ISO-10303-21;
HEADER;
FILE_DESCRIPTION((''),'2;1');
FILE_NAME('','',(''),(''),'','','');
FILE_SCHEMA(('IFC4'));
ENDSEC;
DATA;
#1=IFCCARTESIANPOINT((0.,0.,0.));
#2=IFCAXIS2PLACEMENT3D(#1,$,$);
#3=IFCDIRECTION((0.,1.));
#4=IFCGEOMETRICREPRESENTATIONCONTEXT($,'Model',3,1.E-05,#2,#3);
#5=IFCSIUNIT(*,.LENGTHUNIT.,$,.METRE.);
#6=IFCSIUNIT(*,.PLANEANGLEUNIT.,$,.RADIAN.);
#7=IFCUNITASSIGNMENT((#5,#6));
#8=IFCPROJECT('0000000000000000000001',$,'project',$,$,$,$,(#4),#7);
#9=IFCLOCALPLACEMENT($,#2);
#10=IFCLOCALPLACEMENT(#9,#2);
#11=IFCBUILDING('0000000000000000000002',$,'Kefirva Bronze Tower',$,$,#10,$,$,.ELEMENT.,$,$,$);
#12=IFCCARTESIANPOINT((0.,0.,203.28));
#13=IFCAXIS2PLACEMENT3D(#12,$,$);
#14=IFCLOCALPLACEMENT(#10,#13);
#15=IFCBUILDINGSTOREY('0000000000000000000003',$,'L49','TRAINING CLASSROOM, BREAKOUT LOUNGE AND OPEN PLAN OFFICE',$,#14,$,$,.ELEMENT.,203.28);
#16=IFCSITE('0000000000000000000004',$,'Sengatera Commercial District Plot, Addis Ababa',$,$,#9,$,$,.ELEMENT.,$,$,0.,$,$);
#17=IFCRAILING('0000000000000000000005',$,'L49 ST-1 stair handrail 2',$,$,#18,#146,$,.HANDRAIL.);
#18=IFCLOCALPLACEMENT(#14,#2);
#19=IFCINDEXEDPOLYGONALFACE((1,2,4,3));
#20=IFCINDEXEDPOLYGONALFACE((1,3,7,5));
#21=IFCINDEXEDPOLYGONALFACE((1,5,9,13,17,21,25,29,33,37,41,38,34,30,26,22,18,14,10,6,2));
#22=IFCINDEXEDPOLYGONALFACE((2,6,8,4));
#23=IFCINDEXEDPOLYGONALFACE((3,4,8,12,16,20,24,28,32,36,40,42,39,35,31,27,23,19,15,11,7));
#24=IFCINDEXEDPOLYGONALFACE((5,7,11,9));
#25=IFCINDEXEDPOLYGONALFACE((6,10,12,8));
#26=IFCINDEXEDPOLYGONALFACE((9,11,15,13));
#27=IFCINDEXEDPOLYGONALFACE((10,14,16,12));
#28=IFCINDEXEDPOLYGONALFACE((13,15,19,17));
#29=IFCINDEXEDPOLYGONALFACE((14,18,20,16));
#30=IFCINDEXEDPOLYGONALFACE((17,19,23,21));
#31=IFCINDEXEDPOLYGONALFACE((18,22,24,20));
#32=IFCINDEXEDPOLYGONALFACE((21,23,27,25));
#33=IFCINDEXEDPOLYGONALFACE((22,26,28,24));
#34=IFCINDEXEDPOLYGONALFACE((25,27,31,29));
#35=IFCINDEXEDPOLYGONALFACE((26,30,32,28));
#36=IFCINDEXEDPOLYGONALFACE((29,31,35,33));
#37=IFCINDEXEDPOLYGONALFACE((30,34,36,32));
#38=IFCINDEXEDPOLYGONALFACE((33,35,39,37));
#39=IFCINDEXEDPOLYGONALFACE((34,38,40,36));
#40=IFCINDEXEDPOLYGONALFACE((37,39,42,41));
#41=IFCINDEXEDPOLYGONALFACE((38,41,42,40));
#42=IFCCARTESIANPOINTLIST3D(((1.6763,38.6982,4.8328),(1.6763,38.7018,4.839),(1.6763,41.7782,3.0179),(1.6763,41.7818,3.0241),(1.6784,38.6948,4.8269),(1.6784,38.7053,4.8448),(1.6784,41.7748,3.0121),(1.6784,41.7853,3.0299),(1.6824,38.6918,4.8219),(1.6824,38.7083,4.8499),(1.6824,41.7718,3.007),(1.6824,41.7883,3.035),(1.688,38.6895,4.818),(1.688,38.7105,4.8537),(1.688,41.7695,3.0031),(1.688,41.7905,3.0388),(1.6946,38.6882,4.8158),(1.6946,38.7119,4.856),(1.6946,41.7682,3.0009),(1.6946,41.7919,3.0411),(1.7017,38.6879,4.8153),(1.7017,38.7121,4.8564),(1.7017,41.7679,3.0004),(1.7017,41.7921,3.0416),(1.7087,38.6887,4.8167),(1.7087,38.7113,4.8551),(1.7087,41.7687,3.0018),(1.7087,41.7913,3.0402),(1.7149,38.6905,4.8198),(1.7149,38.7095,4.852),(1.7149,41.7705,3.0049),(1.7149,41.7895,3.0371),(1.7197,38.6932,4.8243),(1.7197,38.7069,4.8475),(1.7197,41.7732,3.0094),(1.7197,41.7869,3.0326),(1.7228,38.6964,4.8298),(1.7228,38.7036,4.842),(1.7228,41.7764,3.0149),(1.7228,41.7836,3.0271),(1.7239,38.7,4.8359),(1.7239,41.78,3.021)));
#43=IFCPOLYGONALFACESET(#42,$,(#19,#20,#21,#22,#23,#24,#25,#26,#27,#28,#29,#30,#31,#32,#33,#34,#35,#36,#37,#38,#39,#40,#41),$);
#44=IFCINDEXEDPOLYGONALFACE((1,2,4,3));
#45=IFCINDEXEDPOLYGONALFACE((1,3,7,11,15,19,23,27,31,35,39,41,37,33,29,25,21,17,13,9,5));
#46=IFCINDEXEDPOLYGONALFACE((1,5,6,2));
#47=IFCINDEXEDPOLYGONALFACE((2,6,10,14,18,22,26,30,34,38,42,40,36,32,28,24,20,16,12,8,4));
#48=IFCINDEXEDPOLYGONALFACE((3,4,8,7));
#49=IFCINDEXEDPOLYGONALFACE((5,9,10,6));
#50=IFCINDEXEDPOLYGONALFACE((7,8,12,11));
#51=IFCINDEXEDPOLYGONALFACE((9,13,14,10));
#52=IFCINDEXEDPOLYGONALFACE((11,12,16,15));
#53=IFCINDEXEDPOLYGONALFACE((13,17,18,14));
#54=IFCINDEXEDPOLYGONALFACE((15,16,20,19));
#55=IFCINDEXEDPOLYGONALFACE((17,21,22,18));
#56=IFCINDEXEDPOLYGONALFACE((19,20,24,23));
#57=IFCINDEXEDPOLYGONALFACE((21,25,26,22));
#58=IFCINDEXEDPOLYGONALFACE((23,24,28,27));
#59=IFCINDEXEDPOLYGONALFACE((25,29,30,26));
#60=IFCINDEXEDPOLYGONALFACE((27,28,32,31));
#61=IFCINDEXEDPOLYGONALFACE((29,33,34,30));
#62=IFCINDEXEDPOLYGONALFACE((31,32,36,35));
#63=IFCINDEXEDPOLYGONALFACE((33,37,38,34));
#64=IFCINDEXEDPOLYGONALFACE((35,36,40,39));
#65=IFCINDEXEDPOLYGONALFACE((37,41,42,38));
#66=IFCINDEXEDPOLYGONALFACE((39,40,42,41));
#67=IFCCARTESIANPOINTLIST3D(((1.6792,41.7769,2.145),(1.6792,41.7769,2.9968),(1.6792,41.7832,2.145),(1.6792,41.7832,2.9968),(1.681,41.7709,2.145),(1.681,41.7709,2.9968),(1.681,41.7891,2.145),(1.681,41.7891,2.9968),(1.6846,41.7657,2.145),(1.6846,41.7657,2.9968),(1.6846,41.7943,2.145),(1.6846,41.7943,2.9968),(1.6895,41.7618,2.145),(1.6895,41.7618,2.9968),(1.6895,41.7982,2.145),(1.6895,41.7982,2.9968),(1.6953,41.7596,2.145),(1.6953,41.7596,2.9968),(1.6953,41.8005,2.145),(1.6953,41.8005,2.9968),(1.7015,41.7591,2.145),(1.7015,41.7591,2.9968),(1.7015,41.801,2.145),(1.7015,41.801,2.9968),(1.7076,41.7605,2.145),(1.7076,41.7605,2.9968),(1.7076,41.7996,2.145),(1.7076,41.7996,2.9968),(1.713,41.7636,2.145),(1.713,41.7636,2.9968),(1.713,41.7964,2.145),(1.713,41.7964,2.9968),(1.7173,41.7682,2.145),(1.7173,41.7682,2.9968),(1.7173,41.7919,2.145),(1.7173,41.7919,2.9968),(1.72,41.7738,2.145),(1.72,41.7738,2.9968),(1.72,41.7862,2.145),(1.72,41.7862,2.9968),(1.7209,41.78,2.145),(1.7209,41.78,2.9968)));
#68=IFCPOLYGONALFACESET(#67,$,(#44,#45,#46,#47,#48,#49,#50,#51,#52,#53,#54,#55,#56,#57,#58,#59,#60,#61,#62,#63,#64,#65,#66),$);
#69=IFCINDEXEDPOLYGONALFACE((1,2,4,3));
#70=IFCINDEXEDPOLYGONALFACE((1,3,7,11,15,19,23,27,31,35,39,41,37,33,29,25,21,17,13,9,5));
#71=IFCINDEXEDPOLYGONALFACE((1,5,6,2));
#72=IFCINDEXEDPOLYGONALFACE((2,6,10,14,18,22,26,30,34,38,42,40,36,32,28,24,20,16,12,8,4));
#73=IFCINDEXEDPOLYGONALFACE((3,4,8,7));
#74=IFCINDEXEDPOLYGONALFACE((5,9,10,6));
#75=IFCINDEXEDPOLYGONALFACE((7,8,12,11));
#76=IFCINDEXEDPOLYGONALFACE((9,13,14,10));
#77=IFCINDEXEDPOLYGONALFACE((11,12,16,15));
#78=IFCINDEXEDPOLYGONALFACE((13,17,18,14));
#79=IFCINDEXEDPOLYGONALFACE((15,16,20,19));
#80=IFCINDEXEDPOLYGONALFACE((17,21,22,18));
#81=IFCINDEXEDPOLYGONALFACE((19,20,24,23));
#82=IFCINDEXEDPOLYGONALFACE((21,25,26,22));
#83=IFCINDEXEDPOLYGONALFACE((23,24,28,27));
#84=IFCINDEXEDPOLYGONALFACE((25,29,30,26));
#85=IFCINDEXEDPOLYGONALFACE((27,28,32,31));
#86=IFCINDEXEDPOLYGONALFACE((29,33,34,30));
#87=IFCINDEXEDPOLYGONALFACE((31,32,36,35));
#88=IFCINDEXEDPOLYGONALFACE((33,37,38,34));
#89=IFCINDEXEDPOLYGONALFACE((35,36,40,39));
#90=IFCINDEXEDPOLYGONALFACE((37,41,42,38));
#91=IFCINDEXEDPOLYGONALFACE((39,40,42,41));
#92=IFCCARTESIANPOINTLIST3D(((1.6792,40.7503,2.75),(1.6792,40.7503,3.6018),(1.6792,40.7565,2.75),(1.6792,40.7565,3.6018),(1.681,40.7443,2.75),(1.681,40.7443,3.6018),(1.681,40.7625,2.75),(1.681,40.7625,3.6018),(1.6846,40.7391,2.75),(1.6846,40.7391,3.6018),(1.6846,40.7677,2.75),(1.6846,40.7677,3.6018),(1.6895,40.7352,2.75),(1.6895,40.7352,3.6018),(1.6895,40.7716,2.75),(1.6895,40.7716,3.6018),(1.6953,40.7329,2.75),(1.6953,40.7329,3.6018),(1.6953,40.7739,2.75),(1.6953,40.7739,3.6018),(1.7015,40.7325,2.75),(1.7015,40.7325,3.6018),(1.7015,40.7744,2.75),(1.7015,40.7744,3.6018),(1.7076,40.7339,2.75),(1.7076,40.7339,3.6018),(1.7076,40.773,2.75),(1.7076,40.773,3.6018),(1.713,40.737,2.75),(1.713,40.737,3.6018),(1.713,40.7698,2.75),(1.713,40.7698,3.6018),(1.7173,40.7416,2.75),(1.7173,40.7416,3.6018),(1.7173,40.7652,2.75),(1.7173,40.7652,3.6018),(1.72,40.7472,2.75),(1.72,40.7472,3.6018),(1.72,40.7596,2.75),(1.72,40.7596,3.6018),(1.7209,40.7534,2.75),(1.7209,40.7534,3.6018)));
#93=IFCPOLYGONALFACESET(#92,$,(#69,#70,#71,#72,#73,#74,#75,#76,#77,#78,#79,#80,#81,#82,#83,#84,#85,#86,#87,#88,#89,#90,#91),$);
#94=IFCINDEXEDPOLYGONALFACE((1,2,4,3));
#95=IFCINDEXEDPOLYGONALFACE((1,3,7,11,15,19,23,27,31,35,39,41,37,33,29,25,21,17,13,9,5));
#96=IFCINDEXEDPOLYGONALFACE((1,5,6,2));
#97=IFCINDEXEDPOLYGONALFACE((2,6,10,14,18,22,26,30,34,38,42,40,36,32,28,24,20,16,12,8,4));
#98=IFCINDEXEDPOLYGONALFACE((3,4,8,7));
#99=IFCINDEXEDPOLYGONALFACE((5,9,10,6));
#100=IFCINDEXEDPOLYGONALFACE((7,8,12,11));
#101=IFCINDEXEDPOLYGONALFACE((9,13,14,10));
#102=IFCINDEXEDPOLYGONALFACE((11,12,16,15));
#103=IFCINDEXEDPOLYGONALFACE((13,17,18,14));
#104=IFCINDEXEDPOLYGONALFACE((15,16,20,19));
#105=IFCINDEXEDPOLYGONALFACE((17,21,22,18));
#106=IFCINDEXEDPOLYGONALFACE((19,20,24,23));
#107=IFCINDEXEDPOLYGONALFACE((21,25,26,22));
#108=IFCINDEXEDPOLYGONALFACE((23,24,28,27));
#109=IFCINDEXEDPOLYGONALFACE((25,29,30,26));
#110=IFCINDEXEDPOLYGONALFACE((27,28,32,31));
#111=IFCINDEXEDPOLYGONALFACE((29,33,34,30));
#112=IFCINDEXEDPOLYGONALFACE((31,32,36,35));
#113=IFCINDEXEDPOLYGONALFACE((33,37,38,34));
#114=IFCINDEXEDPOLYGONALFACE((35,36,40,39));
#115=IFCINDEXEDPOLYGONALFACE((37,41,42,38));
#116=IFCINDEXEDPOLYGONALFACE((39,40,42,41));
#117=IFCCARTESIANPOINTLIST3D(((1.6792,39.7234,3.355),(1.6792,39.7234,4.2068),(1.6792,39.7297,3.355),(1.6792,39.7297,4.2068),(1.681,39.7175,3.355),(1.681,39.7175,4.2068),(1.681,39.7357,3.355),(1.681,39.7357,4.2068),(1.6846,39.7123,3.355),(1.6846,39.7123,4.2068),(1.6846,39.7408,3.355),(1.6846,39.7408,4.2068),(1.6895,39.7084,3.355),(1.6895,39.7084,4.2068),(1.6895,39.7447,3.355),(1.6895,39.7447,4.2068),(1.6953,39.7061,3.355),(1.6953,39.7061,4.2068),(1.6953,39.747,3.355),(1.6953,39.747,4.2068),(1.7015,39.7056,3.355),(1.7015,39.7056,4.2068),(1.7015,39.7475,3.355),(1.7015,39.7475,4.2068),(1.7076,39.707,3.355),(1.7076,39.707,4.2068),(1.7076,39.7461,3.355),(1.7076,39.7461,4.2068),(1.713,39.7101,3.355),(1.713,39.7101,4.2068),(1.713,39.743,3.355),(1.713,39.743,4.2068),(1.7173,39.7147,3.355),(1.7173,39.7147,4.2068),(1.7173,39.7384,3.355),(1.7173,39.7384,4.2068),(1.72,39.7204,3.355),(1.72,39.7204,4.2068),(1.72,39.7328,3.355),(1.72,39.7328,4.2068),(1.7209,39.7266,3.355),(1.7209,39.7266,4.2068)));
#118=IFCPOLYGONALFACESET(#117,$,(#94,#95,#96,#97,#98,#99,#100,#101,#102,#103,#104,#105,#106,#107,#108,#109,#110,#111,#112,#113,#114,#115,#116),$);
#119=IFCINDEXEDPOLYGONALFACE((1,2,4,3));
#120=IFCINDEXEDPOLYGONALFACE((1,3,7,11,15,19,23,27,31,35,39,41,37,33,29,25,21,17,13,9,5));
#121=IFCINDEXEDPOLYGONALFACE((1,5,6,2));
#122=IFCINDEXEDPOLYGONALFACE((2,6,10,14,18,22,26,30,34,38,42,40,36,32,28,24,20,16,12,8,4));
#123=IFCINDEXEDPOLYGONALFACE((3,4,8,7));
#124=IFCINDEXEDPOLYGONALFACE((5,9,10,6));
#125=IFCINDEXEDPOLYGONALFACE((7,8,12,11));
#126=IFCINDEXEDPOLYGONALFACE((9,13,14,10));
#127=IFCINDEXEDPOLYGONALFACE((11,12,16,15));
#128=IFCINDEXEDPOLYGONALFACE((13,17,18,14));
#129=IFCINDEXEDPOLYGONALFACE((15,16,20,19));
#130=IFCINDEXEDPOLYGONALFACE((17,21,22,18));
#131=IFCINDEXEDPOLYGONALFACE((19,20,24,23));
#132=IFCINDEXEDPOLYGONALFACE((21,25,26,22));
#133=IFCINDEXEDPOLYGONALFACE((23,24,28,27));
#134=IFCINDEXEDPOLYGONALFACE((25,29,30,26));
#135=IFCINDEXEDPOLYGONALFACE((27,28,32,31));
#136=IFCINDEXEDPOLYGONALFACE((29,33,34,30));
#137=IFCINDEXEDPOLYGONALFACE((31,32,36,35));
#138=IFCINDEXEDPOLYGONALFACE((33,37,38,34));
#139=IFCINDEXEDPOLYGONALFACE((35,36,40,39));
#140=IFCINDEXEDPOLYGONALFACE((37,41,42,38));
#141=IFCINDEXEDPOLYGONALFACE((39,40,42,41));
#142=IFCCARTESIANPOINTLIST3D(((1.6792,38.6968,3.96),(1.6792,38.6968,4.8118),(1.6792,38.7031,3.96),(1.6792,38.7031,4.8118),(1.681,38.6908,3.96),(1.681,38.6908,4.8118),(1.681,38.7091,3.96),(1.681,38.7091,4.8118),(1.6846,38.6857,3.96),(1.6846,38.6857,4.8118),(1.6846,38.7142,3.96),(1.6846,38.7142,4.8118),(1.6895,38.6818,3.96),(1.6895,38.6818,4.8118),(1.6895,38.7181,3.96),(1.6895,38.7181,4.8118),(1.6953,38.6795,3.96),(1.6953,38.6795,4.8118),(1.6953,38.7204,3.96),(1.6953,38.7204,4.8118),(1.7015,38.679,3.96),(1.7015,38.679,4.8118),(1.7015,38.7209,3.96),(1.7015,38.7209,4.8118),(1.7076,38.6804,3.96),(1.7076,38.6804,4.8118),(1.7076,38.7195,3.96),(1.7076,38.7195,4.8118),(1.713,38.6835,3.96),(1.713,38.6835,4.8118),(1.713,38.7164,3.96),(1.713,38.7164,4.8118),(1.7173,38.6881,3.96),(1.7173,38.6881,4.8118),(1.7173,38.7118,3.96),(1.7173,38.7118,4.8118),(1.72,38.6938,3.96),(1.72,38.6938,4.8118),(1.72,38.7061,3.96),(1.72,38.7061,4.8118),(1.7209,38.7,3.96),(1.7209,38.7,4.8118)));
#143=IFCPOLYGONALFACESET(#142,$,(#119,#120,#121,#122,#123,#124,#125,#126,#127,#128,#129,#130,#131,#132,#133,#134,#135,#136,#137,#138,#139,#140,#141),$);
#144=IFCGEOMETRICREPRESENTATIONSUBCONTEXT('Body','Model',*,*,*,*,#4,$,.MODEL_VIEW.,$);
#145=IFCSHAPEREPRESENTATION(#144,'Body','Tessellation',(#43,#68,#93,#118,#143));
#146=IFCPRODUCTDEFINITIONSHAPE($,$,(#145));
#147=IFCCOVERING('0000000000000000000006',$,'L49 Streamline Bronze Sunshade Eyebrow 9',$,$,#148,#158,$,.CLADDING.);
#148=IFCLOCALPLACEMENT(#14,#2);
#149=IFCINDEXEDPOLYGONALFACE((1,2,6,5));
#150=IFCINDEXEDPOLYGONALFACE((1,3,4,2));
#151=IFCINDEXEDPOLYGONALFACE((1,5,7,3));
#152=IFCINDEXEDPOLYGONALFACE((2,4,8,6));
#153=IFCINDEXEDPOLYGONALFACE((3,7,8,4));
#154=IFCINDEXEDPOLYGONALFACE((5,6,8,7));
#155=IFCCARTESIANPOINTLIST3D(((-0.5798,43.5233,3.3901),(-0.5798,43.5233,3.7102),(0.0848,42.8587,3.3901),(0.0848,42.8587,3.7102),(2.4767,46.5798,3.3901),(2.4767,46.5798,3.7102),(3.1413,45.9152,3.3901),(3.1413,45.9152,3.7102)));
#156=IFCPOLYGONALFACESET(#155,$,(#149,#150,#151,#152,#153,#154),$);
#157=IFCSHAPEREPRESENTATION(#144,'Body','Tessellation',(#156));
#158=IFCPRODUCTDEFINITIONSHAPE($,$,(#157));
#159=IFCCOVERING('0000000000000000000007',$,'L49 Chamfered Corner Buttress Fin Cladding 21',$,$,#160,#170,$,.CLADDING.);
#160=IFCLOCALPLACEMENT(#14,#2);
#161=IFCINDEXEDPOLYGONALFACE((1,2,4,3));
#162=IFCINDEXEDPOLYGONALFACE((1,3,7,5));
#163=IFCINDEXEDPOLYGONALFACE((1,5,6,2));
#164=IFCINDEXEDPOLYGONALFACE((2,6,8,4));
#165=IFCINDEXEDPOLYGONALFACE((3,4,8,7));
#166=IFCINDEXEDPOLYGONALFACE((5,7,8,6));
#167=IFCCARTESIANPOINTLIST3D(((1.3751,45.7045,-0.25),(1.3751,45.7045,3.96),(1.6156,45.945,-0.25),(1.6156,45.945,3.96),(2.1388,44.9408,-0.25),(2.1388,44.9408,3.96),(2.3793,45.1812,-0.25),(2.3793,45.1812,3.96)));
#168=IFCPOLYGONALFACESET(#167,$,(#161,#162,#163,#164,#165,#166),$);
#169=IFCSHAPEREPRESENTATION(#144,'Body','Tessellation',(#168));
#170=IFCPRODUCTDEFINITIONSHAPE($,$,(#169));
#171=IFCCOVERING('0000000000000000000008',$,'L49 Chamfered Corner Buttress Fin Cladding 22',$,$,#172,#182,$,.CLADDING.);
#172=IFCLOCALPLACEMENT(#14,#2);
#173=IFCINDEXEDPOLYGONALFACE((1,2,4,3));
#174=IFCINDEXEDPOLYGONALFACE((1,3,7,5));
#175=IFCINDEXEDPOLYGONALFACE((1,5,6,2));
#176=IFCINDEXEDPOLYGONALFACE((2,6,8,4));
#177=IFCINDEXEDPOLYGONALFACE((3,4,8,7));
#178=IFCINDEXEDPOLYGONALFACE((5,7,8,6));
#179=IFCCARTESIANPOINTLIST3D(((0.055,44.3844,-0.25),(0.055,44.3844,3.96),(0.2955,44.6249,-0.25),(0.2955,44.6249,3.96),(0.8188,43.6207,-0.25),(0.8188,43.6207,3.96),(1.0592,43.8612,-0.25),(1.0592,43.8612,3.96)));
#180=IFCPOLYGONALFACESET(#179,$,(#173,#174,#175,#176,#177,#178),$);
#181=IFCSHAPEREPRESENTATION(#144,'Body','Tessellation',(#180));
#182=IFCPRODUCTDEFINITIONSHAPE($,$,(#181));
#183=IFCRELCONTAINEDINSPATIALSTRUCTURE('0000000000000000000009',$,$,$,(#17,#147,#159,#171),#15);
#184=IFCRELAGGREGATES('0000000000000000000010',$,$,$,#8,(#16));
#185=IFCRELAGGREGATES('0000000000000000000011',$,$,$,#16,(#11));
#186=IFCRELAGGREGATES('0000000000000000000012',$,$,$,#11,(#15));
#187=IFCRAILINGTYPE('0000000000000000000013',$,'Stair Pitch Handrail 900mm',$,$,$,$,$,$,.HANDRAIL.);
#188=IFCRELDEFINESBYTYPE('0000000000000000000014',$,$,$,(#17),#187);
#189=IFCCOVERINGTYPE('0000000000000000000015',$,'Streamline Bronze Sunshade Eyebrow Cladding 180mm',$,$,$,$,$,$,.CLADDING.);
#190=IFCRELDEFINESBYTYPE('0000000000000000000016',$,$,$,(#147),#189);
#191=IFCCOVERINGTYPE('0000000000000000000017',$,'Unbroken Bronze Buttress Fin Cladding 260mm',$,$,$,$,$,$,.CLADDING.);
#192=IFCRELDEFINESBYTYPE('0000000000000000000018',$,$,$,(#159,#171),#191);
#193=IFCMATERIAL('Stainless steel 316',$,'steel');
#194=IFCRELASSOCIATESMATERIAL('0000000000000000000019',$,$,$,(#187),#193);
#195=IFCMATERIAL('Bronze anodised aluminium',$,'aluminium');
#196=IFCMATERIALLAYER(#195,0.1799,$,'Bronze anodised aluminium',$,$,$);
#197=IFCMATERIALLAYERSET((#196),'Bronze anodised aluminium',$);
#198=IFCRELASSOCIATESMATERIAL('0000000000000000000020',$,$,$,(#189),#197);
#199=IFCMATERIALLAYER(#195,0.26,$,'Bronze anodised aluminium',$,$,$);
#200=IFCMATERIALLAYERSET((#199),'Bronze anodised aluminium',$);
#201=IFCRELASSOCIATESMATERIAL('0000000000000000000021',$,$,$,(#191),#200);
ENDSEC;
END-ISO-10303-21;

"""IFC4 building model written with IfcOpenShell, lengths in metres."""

from ifc_helpers import new_model, si_unit, direction, frame, origin, origin_2d, place, context, subcontext, project, spatial, rectangle, circle, extrude, material, layer, layer_set, type_object, element, save


model = new_model("IFC4")

# Units and contexts
model_context = context("Model", 3, precision=1e-05, world=origin(), true_north=direction((0.0, 1.0)))
body_context = subcontext(model_context, "Body", "Model", "MODEL_VIEW")
ifc_project = project(units=[si_unit("LENGTHUNIT", "METRE"), si_unit("PLANEANGLEUNIT", "RADIAN")], contexts=[model_context])

# Site, building, storey
site_placement = place(None, origin())
site = spatial("IfcSite", under=ifc_project, at=site_placement, Name="Sengatera Commercial District Plot, Addis Ababa", CompositionType="ELEMENT", RefElevation=0.0)
building_placement = place(site_placement, origin())
building = spatial("IfcBuilding", under=site, at=building_placement, Name="Kefirva Bronze Tower", CompositionType="ELEMENT")
storey_placement = place(building_placement, frame((0.0, 0.0, 203.28)))
storey = spatial("IfcBuildingStorey", under=building, at=storey_placement, Name="L49", Description="TRAINING CLASSROOM, BREAKOUT LOUNGE AND OPEN PLAN OFFICE", CompositionType="ELEMENT", Elevation=203.28)

# Shared definitions
ifc_material_1 = material(Name="Bronze anodised aluminium", Category="aluminium")

# Railing
ifc_material_2 = material(Name="Stainless steel 316", Category="steel")
railing_type_1 = type_object("IfcRailingType", Name="Stair Pitch Handrail 900mm", PredefinedType="HANDRAIL", material=ifc_material_2)
railing_1_placement = place(storey_placement, frame((1.7, 41.78, 2.145)))
element("IfcRailing", 1, at=railing_1_placement, inside=storey, type_object=railing_type_1, Name="L49 ST-1 stair handrail 2", PredefinedType="HANDRAIL", context=body_context, shape_type="SweptSolid", body=[
    extrude(circle(Radius=0.0239, at=origin_2d()), frame((0.0, 0.0, 0.876), z_axis=(0.0, -0.861551, 0.507671), x_axis=(1.0, 0.0, 0.0)), (0.0, 0.0, 1.0), 3.575),
    extrude(circle(Radius=0.021, at=origin_2d()), origin(), (0.0, 0.0, 1.0), 0.8518),
    extrude(circle(Radius=0.021, at=origin_2d()), frame((0.0, -1.0266, 0.605)), (0.0, 0.0, 1.0), 0.8518),
    extrude(circle(Radius=0.021, at=origin_2d()), frame((0.0, -2.0535, 1.21)), (0.0, 0.0, 1.0), 0.8518),
    extrude(circle(Radius=0.021, at=origin_2d()), frame((0.0, -3.0801, 1.8149)), (0.0, 0.0, 1.0), 0.8518),
])

# Coverings
ifc_layer_1 = layer(ifc_material_1, 0.1799, Name="Bronze anodised aluminium")
ifc_layer_set_1 = layer_set([ifc_layer_1], Name="Bronze anodised aluminium")
covering_type_1 = type_object("IfcCoveringType", Name="Streamline Bronze Sunshade Eyebrow Cladding 180mm", PredefinedType="CLADDING", material=ifc_layer_set_1)
covering_1_placement = place(storey_placement, frame((1.2808, 44.7192, 3.3901), z_axis=(0.0, 0.0, 1.0), x_axis=(-0.707107, -0.707107, 0.0)))
element("IfcCovering", 2, at=covering_1_placement, inside=storey, type_object=covering_type_1, Name="L49 Streamline Bronze Sunshade Eyebrow 9", PredefinedType="CLADDING", context=body_context, shape_type="SweptSolid", body=[
    extrude(rectangle(XDim=4.3225, YDim=0.9399, at=origin_2d()), origin(), (0.0, 0.0, 1.0), 0.3201),
])
ifc_layer_2 = layer(ifc_material_1, 0.26, Name="Bronze anodised aluminium")
ifc_layer_set_2 = layer_set([ifc_layer_2], Name="Bronze anodised aluminium")
covering_type_2 = type_object("IfcCoveringType", Name="Unbroken Bronze Buttress Fin Cladding 260mm", PredefinedType="CLADDING", material=ifc_layer_set_2)
for number, where, z_axis, x_axis, name in (
    (3, (1.8772, 45.4429, -0.25), (0.0, 0.0, 1.0), (-0.707107, -0.707107, 0.0), "L49 Chamfered Corner Buttress Fin Cladding 21"),
    (4, (0.5571, 44.1228, -0.25), (0.0, 0.0, 1.0), (-0.707107, -0.707107, 0.0), "L49 Chamfered Corner Buttress Fin Cladding 22"),
):
    element("IfcCovering", number, at=place(storey_placement, frame(where, z_axis=z_axis, x_axis=x_axis)), inside=storey, type_object=covering_type_2, Name=name, PredefinedType="CLADDING", context=body_context, shape_type="SweptSolid", body=[
        extrude(rectangle(XDim=0.3401, YDim=1.0801, at=origin_2d()), origin(), (0.0, 0.0, 1.0), 4.21),
    ])

save(model, "model.ifc")
